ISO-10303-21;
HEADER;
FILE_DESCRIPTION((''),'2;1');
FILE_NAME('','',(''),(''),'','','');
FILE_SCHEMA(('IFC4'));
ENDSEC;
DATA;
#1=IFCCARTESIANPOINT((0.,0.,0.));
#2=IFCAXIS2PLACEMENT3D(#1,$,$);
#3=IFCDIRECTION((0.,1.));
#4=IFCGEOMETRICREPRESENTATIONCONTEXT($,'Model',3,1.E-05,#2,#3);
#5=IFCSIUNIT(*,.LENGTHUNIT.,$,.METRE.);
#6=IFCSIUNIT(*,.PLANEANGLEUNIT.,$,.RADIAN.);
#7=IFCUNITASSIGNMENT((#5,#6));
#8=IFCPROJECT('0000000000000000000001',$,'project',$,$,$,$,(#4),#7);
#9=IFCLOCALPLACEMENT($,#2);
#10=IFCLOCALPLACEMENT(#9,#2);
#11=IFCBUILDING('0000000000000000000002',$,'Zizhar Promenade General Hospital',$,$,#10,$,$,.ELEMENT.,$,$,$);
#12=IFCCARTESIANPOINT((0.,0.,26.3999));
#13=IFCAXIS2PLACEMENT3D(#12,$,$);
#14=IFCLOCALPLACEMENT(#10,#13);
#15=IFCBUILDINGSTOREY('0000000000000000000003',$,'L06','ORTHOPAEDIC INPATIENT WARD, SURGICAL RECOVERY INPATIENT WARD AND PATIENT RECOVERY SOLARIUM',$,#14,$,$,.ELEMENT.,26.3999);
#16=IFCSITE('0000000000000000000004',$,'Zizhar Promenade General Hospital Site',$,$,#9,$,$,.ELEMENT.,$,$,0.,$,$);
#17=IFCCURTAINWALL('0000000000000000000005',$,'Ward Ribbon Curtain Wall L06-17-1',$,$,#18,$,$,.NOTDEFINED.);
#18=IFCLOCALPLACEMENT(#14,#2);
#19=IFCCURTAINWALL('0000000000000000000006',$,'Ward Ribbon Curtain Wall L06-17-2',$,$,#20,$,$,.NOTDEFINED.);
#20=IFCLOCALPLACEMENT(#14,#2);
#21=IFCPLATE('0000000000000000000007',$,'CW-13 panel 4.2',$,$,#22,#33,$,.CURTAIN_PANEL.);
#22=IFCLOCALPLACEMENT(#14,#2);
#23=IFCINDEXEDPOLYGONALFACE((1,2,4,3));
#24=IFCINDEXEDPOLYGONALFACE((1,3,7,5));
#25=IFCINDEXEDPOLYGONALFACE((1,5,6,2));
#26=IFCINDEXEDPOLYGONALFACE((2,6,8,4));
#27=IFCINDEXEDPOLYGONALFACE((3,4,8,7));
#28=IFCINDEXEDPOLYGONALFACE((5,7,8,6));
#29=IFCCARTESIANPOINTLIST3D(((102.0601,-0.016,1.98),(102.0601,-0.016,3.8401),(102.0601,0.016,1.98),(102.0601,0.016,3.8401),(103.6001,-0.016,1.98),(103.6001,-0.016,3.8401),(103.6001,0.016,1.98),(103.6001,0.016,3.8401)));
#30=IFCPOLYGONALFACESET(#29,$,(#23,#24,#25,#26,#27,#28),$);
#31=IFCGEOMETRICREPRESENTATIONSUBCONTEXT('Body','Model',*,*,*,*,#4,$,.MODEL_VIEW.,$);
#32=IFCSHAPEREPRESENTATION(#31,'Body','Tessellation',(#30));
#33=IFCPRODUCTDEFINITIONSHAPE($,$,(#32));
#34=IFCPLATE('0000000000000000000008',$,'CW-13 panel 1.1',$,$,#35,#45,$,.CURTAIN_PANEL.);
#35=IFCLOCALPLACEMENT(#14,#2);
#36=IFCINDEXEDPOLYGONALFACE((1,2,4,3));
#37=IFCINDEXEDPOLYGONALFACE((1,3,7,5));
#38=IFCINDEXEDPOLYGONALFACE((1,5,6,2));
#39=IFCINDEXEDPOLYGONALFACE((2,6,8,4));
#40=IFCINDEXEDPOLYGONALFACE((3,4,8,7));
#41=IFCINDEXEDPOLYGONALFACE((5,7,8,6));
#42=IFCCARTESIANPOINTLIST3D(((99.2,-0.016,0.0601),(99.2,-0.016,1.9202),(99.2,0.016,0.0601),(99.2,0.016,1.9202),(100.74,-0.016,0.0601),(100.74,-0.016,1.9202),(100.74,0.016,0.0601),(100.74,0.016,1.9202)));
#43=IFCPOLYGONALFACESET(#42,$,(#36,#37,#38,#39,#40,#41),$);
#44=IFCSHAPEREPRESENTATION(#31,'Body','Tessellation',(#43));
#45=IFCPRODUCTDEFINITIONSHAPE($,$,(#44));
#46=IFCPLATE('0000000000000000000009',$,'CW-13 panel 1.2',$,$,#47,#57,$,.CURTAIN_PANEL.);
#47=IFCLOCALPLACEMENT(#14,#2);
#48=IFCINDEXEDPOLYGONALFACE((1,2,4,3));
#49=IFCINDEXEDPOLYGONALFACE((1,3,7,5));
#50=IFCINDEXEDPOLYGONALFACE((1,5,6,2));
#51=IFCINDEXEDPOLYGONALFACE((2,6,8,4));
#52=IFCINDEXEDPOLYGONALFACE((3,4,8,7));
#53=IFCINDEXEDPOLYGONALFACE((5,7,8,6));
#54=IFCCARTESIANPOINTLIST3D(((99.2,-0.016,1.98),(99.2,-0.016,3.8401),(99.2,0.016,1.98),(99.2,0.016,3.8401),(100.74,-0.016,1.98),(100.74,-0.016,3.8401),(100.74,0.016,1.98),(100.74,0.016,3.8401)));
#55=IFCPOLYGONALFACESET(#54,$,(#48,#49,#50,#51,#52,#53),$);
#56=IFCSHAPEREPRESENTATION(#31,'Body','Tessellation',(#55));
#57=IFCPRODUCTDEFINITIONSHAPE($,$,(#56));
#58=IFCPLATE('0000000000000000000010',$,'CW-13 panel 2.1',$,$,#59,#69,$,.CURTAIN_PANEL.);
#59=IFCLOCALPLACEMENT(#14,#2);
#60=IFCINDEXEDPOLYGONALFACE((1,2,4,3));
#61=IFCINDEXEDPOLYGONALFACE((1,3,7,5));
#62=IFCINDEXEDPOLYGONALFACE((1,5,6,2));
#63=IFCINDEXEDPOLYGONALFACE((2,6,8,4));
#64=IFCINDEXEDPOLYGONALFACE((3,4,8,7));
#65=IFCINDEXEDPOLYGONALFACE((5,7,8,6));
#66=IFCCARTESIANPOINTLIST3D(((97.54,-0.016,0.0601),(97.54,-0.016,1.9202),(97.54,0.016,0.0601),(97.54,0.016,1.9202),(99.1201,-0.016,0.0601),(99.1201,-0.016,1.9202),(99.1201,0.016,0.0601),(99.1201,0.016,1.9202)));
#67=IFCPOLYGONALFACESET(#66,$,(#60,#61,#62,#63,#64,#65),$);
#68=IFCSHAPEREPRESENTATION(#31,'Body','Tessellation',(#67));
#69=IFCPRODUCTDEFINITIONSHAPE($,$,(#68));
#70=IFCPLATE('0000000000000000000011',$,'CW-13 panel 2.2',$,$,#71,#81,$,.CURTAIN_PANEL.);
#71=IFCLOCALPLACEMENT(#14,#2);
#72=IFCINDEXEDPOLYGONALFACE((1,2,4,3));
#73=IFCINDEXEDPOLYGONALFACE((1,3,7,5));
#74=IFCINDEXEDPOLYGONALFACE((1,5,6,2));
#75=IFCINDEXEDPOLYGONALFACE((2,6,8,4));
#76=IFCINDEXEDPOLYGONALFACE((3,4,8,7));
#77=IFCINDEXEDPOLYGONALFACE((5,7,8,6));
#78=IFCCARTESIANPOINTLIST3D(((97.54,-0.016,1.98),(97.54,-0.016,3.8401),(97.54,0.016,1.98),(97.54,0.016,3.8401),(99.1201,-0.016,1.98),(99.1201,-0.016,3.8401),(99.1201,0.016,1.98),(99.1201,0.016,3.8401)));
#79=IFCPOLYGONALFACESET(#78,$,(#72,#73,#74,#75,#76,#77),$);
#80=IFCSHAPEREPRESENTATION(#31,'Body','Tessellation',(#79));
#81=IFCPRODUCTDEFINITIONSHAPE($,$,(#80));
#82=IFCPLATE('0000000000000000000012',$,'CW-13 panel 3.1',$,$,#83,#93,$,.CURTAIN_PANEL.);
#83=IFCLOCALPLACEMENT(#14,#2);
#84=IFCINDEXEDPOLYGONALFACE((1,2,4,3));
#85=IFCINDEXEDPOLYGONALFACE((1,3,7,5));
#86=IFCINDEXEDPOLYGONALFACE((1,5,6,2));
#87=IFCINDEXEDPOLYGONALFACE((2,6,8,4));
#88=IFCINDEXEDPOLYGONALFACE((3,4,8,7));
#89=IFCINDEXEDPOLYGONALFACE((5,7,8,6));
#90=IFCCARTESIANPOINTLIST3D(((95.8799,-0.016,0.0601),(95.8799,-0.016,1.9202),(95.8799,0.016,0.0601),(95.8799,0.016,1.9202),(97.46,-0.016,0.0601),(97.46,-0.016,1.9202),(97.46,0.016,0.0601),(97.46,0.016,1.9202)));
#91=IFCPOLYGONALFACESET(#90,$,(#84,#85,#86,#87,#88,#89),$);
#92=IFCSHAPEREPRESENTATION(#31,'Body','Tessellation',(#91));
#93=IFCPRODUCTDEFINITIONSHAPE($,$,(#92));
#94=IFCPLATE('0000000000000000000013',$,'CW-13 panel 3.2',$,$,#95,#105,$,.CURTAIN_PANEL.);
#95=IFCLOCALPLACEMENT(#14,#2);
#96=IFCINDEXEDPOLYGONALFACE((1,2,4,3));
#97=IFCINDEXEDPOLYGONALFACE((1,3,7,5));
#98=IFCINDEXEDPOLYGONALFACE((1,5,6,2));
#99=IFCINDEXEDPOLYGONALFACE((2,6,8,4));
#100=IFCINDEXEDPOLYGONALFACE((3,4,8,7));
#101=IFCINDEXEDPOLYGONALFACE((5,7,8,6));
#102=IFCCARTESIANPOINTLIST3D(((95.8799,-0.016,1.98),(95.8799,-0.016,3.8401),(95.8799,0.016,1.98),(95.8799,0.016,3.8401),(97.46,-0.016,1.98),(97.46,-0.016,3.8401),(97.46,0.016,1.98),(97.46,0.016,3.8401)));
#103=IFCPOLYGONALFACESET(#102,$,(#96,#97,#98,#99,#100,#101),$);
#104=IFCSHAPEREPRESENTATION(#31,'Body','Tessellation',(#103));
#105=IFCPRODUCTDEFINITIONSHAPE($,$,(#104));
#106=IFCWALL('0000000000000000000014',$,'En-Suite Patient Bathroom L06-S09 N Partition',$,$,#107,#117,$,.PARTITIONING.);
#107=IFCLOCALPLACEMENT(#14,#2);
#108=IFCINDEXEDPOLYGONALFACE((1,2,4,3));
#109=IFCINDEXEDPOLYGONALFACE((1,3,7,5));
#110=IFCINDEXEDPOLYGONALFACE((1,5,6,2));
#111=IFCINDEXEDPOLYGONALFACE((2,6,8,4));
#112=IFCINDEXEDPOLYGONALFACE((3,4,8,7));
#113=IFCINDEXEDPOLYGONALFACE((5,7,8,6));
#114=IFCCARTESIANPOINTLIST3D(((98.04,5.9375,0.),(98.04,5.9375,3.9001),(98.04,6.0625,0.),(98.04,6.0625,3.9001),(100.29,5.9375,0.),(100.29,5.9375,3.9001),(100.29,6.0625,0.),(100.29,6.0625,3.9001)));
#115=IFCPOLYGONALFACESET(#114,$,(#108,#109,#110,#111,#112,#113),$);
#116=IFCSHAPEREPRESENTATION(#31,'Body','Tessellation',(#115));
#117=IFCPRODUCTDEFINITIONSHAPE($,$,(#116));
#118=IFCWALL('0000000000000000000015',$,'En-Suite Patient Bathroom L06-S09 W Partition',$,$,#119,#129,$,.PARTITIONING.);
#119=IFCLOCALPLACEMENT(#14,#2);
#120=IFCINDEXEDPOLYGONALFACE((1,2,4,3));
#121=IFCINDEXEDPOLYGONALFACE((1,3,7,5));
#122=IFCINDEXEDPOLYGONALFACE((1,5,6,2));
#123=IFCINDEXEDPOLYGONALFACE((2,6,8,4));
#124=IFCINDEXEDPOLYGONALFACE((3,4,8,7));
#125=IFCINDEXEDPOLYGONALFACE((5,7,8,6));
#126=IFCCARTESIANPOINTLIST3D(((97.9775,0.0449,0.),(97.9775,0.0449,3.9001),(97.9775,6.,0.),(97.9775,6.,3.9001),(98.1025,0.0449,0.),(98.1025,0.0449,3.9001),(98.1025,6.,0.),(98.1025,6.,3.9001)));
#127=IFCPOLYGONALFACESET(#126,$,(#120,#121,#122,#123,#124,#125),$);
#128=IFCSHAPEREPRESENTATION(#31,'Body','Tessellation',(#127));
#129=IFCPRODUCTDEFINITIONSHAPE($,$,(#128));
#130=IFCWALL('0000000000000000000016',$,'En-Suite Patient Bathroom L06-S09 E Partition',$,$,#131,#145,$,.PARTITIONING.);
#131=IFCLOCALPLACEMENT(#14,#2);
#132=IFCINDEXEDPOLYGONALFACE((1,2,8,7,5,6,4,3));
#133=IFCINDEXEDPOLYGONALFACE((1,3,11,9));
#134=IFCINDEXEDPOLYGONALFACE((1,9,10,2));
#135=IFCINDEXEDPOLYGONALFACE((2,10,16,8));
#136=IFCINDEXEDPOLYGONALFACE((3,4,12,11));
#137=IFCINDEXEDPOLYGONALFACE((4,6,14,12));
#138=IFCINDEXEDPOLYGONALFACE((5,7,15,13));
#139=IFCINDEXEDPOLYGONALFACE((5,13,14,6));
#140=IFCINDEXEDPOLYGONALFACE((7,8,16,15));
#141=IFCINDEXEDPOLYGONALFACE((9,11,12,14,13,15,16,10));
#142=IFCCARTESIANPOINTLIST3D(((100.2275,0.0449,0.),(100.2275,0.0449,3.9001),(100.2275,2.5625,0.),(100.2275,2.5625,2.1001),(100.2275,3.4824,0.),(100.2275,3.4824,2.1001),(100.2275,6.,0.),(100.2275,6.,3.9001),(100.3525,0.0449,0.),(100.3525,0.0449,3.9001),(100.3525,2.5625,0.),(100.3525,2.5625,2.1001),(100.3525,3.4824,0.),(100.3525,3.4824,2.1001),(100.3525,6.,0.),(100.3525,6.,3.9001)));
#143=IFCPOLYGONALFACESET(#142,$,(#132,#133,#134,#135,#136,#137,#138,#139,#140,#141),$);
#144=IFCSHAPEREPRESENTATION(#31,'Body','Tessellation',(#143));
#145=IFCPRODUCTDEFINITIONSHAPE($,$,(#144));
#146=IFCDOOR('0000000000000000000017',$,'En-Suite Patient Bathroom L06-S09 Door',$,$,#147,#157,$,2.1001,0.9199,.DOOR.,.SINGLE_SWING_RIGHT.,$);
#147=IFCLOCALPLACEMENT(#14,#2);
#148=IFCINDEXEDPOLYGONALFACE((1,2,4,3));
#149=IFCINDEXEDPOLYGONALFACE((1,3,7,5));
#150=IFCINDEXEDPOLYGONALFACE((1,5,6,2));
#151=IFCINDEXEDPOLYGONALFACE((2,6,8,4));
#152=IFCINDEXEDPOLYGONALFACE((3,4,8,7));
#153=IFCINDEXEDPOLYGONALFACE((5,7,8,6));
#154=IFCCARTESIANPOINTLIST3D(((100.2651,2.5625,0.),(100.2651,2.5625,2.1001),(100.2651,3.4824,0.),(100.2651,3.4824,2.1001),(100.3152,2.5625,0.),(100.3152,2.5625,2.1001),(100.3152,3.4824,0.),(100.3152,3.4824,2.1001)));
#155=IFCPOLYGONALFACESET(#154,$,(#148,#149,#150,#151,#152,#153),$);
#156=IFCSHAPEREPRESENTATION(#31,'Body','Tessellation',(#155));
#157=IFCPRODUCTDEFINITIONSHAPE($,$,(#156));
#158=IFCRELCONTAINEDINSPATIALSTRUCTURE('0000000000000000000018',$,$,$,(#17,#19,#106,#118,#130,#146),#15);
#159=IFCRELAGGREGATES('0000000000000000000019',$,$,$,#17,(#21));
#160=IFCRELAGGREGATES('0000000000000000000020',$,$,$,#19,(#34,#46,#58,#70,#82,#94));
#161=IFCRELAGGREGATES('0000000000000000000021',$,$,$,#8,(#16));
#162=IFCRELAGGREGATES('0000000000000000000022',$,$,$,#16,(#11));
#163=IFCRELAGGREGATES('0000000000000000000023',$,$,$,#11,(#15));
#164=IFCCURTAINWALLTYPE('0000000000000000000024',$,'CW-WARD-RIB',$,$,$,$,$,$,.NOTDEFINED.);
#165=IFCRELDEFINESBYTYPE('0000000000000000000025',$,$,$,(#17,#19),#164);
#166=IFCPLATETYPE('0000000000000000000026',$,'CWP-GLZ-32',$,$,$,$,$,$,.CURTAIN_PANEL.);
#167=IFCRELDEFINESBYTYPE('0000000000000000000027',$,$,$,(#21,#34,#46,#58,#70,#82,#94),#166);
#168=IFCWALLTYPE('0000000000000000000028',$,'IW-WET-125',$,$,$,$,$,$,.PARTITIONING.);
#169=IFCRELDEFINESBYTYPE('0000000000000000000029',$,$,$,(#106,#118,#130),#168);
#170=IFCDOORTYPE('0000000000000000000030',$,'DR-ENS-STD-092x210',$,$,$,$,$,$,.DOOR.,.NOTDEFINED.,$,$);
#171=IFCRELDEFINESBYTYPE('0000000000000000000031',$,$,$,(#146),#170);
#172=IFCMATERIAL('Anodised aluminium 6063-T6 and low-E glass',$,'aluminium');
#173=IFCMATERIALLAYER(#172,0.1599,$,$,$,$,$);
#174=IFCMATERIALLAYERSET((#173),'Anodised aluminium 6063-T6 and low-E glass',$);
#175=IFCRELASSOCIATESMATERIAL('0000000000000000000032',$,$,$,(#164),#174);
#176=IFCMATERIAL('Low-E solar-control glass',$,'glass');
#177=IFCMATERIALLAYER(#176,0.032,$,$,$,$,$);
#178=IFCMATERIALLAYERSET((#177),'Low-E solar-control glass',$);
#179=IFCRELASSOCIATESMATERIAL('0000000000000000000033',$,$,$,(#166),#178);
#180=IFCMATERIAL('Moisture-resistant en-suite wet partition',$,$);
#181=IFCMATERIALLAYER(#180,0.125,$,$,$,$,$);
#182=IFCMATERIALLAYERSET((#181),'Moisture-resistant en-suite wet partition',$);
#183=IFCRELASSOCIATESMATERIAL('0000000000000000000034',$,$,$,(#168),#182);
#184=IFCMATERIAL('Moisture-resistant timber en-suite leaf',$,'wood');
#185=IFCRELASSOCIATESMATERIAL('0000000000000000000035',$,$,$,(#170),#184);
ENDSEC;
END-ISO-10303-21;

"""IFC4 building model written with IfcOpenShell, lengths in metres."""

from ifc_helpers import new_model, si_unit, direction, frame, frame_2d, origin, origin_2d, place, context, subcontext, project, spatial, rectangle, extrude, material, layer, layer_set, type_object, element, fill, aggregate, save


model = new_model("IFC4")

# Units and contexts
model_context = context("Model", 3, precision=1e-05, world=origin(), true_north=direction((0.0, 1.0)))
body_context = subcontext(model_context, "Body", "Model", "MODEL_VIEW")
ifc_project = project(units=[si_unit("LENGTHUNIT", "METRE"), si_unit("PLANEANGLEUNIT", "RADIAN")], contexts=[model_context])

# Site, building, storey
site_placement = place(None, origin())
site = spatial("IfcSite", under=ifc_project, at=site_placement, Name="Zizhar Promenade General Hospital Site", CompositionType="ELEMENT", RefElevation=0.0)
building_placement = place(site_placement, origin())
building = spatial("IfcBuilding", under=site, at=building_placement, Name="Zizhar Promenade General Hospital", CompositionType="ELEMENT")
storey_placement = place(building_placement, frame((0.0, 0.0, 26.3999)))
storey = spatial("IfcBuildingStorey", under=building, at=storey_placement, Name="L06", Description="ORTHOPAEDIC INPATIENT WARD, SURGICAL RECOVERY INPATIENT WARD AND PATIENT RECOVERY SOLARIUM", CompositionType="ELEMENT", Elevation=26.3999)

# Curtain walls
ifc_material_1 = material(Name="Anodised aluminium 6063-T6 and low-E glass", Category="aluminium")
ifc_layer_1 = layer(ifc_material_1, 0.1599)
ifc_layer_set_1 = layer_set([ifc_layer_1], Name="Anodised aluminium 6063-T6 and low-E glass")
curtain_wall_type = type_object("IfcCurtainWallType", Name="CW-WARD-RIB", PredefinedType="NOTDEFINED", material=ifc_layer_set_1)
curtain_wall_1_placement = place(storey_placement, origin())
curtain_wall_1 = element("IfcCurtainWall", 1, at=curtain_wall_1_placement, inside=storey, type_object=curtain_wall_type, Name="Ward Ribbon Curtain Wall L06-17-1", PredefinedType="NOTDEFINED")
curtain_wall_2_placement = place(storey_placement, origin())
curtain_wall_2 = element("IfcCurtainWall", 2, at=curtain_wall_2_placement, inside=storey, type_object=curtain_wall_type, Name="Ward Ribbon Curtain Wall L06-17-2", PredefinedType="NOTDEFINED")

# Plates
ifc_material_2 = material(Name="Low-E solar-control glass", Category="glass")
ifc_layer_2 = layer(ifc_material_2, 0.032)
ifc_layer_set_2 = layer_set([ifc_layer_2], Name="Low-E solar-control glass")
plate_type = type_object("IfcPlateType", Name="CWP-GLZ-32", PredefinedType="CURTAIN_PANEL", material=ifc_layer_set_2)
plate_1_placement = place(storey_placement, frame((102.8301, 0.0, 1.98), z_axis=(0.0, 0.0, 1.0), x_axis=(-1.0, 0.0, 0.0)))
plate_1 = element("IfcPlate", 3, at=plate_1_placement, type_object=plate_type, Name="CW-13 panel 4.2", PredefinedType="CURTAIN_PANEL", context=body_context, shape_type="SweptSolid", body=[
    extrude(rectangle(XDim=1.54, YDim=0.032, at=origin_2d()), origin(), (0.0, 0.0, 1.0), 1.8601),
])
aggregate(curtain_wall_1, [plate_1])
plate_2_placement = place(storey_placement, frame((99.97, 0.0, 0.0601), z_axis=(0.0, 0.0, 1.0), x_axis=(-1.0, 0.0, 0.0)))
plate_2 = element("IfcPlate", 4, at=plate_2_placement, type_object=plate_type, Name="CW-13 panel 1.1", PredefinedType="CURTAIN_PANEL", context=body_context, shape_type="SweptSolid", body=[
    extrude(rectangle(XDim=1.54, YDim=0.032, at=origin_2d()), origin(), (0.0, 0.0, 1.0), 1.8601),
])
plate_3_placement = place(storey_placement, frame((99.97, 0.0, 1.98), z_axis=(0.0, 0.0, 1.0), x_axis=(-1.0, 0.0, 0.0)))
plate_3 = element("IfcPlate", 5, at=plate_3_placement, type_object=plate_type, Name="CW-13 panel 1.2", PredefinedType="CURTAIN_PANEL", context=body_context, shape_type="SweptSolid", body=[
    extrude(rectangle(XDim=1.54, YDim=0.032, at=origin_2d()), origin(), (0.0, 0.0, 1.0), 1.8601),
])
plate_4_placement = place(storey_placement, frame((98.3301, 0.0, 0.0601), z_axis=(0.0, 0.0, 1.0), x_axis=(-1.0, 0.0, 0.0)))
plate_4 = element("IfcPlate", 6, at=plate_4_placement, type_object=plate_type, Name="CW-13 panel 2.1", PredefinedType="CURTAIN_PANEL", context=body_context, shape_type="SweptSolid", body=[
    extrude(rectangle(XDim=1.5801, YDim=0.032, at=origin_2d()), origin(), (0.0, 0.0, 1.0), 1.8601),
])
plate_5_placement = place(storey_placement, frame((98.3301, 0.0, 1.98), z_axis=(0.0, 0.0, 1.0), x_axis=(-1.0, 0.0, 0.0)))
plate_5 = element("IfcPlate", 7, at=plate_5_placement, type_object=plate_type, Name="CW-13 panel 2.2", PredefinedType="CURTAIN_PANEL", context=body_context, shape_type="SweptSolid", body=[
    extrude(rectangle(XDim=1.5801, YDim=0.032, at=origin_2d()), origin(), (0.0, 0.0, 1.0), 1.8601),
])
plate_6_placement = place(storey_placement, frame((96.6699, 0.0, 0.0601), z_axis=(0.0, 0.0, 1.0), x_axis=(-1.0, 0.0, 0.0)))
plate_6 = element("IfcPlate", 8, at=plate_6_placement, type_object=plate_type, Name="CW-13 panel 3.1", PredefinedType="CURTAIN_PANEL", context=body_context, shape_type="SweptSolid", body=[
    extrude(rectangle(XDim=1.5801, YDim=0.032, at=origin_2d()), origin(), (0.0, 0.0, 1.0), 1.8601),
])
plate_7_placement = place(storey_placement, frame((96.6699, 0.0, 1.98), z_axis=(0.0, 0.0, 1.0), x_axis=(-1.0, 0.0, 0.0)))
plate_7 = element("IfcPlate", 9, at=plate_7_placement, type_object=plate_type, Name="CW-13 panel 3.2", PredefinedType="CURTAIN_PANEL", context=body_context, shape_type="SweptSolid", body=[
    extrude(rectangle(XDim=1.5801, YDim=0.032, at=origin_2d()), origin(), (0.0, 0.0, 1.0), 1.8601),
])
aggregate(curtain_wall_2, [plate_2, plate_3, plate_4, plate_5, plate_6, plate_7])

# Walls
ifc_material_3 = material(Name="Moisture-resistant en-suite wet partition")
ifc_layer_3 = layer(ifc_material_3, 0.125)
ifc_layer_set_3 = layer_set([ifc_layer_3], Name="Moisture-resistant en-suite wet partition")
wall_type = type_object("IfcWallType", Name="IW-WET-125", PredefinedType="PARTITIONING", material=ifc_layer_set_3)
wall_1_placement = place(storey_placement, frame((98.04, 6.0, 0.0), z_axis=(0.0, 0.0, 1.0), x_axis=(1.0, 0.0, 0.0)))
element("IfcWall", 10, at=wall_1_placement, inside=storey, type_object=wall_type, Name="En-Suite Patient Bathroom L06-S09 N Partition", PredefinedType="PARTITIONING", context=body_context, shape_type="SweptSolid", body=[
    extrude(rectangle(XDim=2.25, YDim=0.125, at=frame_2d((1.125, 0.0))), origin(), (0.0, 0.0, 1.0), 3.9001),
])
wall_2_placement = place(storey_placement, frame((98.04, 0.0449, 0.0), z_axis=(0.0, 0.0, 1.0), x_axis=(0.0, 1.0, 0.0)))
element("IfcWall", 11, at=wall_2_placement, inside=storey, type_object=wall_type, Name="En-Suite Patient Bathroom L06-S09 W Partition", PredefinedType="PARTITIONING", context=body_context, shape_type="SweptSolid", body=[
    extrude(rectangle(XDim=5.9551, YDim=0.125, at=frame_2d((2.9775, 0.0))), origin(), (0.0, 0.0, 1.0), 3.9001),
])

# Wall, opening, door
wall_3_placement = place(storey_placement, frame((100.29, 0.0449, 0.0), z_axis=(0.0, 0.0, 1.0), x_axis=(0.0, 1.0, 0.0)))
wall_3 = element("IfcWall", 12, at=wall_3_placement, inside=storey, type_object=wall_type, Name="En-Suite Patient Bathroom L06-S09 E Partition", PredefinedType="PARTITIONING", context=body_context, shape_type="SweptSolid", body=[
    extrude(rectangle(XDim=5.9551, YDim=0.125, at=frame_2d((2.9775, 0.0))), origin(), (0.0, 0.0, 1.0), 3.9001),
])
opening_placement = place(wall_3_placement, frame((2.5176, 0.0, 0.0)))
opening = element("IfcOpeningElement", 13, at=opening_placement, cuts=wall_3, PredefinedType="OPENING", context=body_context, shape_type="SweptSolid", body=[
    extrude(rectangle(XDim=0.9199, YDim=2.1001, at=frame_2d((0.46, 1.05))), frame((0.0, 0.0725, 0.0), z_axis=(0.0, -1.0, 0.0), x_axis=(1.0, 0.0, 0.0)), (0.0, 0.0, 1.0), 0.145),
])
ifc_material_4 = material(Name="Moisture-resistant timber en-suite leaf", Category="wood")
door_type = type_object("IfcDoorType", Name="DR-ENS-STD-092x210", OperationType="NOTDEFINED", PredefinedType="DOOR", material=ifc_material_4)
door_placement = place(opening_placement, origin())
door = element("IfcDoor", 14, at=door_placement, inside=storey, type_object=door_type, Name="En-Suite Patient Bathroom L06-S09 Door", OperationType="SINGLE_SWING_RIGHT", OverallHeight=2.1001, OverallWidth=0.9199, PredefinedType="DOOR", context=body_context, shape_type="SweptSolid", body=[
    extrude(rectangle(XDim=0.9199, YDim=2.1001, at=frame_2d((0.46, 1.05))), frame((0.0, 0.0249, 0.0), z_axis=(0.0, -1.0, 0.0), x_axis=(1.0, 0.0, 0.0)), (0.0, 0.0, 1.0), 0.05),
])
fill(opening, door)

save(model, "model.ifc")
